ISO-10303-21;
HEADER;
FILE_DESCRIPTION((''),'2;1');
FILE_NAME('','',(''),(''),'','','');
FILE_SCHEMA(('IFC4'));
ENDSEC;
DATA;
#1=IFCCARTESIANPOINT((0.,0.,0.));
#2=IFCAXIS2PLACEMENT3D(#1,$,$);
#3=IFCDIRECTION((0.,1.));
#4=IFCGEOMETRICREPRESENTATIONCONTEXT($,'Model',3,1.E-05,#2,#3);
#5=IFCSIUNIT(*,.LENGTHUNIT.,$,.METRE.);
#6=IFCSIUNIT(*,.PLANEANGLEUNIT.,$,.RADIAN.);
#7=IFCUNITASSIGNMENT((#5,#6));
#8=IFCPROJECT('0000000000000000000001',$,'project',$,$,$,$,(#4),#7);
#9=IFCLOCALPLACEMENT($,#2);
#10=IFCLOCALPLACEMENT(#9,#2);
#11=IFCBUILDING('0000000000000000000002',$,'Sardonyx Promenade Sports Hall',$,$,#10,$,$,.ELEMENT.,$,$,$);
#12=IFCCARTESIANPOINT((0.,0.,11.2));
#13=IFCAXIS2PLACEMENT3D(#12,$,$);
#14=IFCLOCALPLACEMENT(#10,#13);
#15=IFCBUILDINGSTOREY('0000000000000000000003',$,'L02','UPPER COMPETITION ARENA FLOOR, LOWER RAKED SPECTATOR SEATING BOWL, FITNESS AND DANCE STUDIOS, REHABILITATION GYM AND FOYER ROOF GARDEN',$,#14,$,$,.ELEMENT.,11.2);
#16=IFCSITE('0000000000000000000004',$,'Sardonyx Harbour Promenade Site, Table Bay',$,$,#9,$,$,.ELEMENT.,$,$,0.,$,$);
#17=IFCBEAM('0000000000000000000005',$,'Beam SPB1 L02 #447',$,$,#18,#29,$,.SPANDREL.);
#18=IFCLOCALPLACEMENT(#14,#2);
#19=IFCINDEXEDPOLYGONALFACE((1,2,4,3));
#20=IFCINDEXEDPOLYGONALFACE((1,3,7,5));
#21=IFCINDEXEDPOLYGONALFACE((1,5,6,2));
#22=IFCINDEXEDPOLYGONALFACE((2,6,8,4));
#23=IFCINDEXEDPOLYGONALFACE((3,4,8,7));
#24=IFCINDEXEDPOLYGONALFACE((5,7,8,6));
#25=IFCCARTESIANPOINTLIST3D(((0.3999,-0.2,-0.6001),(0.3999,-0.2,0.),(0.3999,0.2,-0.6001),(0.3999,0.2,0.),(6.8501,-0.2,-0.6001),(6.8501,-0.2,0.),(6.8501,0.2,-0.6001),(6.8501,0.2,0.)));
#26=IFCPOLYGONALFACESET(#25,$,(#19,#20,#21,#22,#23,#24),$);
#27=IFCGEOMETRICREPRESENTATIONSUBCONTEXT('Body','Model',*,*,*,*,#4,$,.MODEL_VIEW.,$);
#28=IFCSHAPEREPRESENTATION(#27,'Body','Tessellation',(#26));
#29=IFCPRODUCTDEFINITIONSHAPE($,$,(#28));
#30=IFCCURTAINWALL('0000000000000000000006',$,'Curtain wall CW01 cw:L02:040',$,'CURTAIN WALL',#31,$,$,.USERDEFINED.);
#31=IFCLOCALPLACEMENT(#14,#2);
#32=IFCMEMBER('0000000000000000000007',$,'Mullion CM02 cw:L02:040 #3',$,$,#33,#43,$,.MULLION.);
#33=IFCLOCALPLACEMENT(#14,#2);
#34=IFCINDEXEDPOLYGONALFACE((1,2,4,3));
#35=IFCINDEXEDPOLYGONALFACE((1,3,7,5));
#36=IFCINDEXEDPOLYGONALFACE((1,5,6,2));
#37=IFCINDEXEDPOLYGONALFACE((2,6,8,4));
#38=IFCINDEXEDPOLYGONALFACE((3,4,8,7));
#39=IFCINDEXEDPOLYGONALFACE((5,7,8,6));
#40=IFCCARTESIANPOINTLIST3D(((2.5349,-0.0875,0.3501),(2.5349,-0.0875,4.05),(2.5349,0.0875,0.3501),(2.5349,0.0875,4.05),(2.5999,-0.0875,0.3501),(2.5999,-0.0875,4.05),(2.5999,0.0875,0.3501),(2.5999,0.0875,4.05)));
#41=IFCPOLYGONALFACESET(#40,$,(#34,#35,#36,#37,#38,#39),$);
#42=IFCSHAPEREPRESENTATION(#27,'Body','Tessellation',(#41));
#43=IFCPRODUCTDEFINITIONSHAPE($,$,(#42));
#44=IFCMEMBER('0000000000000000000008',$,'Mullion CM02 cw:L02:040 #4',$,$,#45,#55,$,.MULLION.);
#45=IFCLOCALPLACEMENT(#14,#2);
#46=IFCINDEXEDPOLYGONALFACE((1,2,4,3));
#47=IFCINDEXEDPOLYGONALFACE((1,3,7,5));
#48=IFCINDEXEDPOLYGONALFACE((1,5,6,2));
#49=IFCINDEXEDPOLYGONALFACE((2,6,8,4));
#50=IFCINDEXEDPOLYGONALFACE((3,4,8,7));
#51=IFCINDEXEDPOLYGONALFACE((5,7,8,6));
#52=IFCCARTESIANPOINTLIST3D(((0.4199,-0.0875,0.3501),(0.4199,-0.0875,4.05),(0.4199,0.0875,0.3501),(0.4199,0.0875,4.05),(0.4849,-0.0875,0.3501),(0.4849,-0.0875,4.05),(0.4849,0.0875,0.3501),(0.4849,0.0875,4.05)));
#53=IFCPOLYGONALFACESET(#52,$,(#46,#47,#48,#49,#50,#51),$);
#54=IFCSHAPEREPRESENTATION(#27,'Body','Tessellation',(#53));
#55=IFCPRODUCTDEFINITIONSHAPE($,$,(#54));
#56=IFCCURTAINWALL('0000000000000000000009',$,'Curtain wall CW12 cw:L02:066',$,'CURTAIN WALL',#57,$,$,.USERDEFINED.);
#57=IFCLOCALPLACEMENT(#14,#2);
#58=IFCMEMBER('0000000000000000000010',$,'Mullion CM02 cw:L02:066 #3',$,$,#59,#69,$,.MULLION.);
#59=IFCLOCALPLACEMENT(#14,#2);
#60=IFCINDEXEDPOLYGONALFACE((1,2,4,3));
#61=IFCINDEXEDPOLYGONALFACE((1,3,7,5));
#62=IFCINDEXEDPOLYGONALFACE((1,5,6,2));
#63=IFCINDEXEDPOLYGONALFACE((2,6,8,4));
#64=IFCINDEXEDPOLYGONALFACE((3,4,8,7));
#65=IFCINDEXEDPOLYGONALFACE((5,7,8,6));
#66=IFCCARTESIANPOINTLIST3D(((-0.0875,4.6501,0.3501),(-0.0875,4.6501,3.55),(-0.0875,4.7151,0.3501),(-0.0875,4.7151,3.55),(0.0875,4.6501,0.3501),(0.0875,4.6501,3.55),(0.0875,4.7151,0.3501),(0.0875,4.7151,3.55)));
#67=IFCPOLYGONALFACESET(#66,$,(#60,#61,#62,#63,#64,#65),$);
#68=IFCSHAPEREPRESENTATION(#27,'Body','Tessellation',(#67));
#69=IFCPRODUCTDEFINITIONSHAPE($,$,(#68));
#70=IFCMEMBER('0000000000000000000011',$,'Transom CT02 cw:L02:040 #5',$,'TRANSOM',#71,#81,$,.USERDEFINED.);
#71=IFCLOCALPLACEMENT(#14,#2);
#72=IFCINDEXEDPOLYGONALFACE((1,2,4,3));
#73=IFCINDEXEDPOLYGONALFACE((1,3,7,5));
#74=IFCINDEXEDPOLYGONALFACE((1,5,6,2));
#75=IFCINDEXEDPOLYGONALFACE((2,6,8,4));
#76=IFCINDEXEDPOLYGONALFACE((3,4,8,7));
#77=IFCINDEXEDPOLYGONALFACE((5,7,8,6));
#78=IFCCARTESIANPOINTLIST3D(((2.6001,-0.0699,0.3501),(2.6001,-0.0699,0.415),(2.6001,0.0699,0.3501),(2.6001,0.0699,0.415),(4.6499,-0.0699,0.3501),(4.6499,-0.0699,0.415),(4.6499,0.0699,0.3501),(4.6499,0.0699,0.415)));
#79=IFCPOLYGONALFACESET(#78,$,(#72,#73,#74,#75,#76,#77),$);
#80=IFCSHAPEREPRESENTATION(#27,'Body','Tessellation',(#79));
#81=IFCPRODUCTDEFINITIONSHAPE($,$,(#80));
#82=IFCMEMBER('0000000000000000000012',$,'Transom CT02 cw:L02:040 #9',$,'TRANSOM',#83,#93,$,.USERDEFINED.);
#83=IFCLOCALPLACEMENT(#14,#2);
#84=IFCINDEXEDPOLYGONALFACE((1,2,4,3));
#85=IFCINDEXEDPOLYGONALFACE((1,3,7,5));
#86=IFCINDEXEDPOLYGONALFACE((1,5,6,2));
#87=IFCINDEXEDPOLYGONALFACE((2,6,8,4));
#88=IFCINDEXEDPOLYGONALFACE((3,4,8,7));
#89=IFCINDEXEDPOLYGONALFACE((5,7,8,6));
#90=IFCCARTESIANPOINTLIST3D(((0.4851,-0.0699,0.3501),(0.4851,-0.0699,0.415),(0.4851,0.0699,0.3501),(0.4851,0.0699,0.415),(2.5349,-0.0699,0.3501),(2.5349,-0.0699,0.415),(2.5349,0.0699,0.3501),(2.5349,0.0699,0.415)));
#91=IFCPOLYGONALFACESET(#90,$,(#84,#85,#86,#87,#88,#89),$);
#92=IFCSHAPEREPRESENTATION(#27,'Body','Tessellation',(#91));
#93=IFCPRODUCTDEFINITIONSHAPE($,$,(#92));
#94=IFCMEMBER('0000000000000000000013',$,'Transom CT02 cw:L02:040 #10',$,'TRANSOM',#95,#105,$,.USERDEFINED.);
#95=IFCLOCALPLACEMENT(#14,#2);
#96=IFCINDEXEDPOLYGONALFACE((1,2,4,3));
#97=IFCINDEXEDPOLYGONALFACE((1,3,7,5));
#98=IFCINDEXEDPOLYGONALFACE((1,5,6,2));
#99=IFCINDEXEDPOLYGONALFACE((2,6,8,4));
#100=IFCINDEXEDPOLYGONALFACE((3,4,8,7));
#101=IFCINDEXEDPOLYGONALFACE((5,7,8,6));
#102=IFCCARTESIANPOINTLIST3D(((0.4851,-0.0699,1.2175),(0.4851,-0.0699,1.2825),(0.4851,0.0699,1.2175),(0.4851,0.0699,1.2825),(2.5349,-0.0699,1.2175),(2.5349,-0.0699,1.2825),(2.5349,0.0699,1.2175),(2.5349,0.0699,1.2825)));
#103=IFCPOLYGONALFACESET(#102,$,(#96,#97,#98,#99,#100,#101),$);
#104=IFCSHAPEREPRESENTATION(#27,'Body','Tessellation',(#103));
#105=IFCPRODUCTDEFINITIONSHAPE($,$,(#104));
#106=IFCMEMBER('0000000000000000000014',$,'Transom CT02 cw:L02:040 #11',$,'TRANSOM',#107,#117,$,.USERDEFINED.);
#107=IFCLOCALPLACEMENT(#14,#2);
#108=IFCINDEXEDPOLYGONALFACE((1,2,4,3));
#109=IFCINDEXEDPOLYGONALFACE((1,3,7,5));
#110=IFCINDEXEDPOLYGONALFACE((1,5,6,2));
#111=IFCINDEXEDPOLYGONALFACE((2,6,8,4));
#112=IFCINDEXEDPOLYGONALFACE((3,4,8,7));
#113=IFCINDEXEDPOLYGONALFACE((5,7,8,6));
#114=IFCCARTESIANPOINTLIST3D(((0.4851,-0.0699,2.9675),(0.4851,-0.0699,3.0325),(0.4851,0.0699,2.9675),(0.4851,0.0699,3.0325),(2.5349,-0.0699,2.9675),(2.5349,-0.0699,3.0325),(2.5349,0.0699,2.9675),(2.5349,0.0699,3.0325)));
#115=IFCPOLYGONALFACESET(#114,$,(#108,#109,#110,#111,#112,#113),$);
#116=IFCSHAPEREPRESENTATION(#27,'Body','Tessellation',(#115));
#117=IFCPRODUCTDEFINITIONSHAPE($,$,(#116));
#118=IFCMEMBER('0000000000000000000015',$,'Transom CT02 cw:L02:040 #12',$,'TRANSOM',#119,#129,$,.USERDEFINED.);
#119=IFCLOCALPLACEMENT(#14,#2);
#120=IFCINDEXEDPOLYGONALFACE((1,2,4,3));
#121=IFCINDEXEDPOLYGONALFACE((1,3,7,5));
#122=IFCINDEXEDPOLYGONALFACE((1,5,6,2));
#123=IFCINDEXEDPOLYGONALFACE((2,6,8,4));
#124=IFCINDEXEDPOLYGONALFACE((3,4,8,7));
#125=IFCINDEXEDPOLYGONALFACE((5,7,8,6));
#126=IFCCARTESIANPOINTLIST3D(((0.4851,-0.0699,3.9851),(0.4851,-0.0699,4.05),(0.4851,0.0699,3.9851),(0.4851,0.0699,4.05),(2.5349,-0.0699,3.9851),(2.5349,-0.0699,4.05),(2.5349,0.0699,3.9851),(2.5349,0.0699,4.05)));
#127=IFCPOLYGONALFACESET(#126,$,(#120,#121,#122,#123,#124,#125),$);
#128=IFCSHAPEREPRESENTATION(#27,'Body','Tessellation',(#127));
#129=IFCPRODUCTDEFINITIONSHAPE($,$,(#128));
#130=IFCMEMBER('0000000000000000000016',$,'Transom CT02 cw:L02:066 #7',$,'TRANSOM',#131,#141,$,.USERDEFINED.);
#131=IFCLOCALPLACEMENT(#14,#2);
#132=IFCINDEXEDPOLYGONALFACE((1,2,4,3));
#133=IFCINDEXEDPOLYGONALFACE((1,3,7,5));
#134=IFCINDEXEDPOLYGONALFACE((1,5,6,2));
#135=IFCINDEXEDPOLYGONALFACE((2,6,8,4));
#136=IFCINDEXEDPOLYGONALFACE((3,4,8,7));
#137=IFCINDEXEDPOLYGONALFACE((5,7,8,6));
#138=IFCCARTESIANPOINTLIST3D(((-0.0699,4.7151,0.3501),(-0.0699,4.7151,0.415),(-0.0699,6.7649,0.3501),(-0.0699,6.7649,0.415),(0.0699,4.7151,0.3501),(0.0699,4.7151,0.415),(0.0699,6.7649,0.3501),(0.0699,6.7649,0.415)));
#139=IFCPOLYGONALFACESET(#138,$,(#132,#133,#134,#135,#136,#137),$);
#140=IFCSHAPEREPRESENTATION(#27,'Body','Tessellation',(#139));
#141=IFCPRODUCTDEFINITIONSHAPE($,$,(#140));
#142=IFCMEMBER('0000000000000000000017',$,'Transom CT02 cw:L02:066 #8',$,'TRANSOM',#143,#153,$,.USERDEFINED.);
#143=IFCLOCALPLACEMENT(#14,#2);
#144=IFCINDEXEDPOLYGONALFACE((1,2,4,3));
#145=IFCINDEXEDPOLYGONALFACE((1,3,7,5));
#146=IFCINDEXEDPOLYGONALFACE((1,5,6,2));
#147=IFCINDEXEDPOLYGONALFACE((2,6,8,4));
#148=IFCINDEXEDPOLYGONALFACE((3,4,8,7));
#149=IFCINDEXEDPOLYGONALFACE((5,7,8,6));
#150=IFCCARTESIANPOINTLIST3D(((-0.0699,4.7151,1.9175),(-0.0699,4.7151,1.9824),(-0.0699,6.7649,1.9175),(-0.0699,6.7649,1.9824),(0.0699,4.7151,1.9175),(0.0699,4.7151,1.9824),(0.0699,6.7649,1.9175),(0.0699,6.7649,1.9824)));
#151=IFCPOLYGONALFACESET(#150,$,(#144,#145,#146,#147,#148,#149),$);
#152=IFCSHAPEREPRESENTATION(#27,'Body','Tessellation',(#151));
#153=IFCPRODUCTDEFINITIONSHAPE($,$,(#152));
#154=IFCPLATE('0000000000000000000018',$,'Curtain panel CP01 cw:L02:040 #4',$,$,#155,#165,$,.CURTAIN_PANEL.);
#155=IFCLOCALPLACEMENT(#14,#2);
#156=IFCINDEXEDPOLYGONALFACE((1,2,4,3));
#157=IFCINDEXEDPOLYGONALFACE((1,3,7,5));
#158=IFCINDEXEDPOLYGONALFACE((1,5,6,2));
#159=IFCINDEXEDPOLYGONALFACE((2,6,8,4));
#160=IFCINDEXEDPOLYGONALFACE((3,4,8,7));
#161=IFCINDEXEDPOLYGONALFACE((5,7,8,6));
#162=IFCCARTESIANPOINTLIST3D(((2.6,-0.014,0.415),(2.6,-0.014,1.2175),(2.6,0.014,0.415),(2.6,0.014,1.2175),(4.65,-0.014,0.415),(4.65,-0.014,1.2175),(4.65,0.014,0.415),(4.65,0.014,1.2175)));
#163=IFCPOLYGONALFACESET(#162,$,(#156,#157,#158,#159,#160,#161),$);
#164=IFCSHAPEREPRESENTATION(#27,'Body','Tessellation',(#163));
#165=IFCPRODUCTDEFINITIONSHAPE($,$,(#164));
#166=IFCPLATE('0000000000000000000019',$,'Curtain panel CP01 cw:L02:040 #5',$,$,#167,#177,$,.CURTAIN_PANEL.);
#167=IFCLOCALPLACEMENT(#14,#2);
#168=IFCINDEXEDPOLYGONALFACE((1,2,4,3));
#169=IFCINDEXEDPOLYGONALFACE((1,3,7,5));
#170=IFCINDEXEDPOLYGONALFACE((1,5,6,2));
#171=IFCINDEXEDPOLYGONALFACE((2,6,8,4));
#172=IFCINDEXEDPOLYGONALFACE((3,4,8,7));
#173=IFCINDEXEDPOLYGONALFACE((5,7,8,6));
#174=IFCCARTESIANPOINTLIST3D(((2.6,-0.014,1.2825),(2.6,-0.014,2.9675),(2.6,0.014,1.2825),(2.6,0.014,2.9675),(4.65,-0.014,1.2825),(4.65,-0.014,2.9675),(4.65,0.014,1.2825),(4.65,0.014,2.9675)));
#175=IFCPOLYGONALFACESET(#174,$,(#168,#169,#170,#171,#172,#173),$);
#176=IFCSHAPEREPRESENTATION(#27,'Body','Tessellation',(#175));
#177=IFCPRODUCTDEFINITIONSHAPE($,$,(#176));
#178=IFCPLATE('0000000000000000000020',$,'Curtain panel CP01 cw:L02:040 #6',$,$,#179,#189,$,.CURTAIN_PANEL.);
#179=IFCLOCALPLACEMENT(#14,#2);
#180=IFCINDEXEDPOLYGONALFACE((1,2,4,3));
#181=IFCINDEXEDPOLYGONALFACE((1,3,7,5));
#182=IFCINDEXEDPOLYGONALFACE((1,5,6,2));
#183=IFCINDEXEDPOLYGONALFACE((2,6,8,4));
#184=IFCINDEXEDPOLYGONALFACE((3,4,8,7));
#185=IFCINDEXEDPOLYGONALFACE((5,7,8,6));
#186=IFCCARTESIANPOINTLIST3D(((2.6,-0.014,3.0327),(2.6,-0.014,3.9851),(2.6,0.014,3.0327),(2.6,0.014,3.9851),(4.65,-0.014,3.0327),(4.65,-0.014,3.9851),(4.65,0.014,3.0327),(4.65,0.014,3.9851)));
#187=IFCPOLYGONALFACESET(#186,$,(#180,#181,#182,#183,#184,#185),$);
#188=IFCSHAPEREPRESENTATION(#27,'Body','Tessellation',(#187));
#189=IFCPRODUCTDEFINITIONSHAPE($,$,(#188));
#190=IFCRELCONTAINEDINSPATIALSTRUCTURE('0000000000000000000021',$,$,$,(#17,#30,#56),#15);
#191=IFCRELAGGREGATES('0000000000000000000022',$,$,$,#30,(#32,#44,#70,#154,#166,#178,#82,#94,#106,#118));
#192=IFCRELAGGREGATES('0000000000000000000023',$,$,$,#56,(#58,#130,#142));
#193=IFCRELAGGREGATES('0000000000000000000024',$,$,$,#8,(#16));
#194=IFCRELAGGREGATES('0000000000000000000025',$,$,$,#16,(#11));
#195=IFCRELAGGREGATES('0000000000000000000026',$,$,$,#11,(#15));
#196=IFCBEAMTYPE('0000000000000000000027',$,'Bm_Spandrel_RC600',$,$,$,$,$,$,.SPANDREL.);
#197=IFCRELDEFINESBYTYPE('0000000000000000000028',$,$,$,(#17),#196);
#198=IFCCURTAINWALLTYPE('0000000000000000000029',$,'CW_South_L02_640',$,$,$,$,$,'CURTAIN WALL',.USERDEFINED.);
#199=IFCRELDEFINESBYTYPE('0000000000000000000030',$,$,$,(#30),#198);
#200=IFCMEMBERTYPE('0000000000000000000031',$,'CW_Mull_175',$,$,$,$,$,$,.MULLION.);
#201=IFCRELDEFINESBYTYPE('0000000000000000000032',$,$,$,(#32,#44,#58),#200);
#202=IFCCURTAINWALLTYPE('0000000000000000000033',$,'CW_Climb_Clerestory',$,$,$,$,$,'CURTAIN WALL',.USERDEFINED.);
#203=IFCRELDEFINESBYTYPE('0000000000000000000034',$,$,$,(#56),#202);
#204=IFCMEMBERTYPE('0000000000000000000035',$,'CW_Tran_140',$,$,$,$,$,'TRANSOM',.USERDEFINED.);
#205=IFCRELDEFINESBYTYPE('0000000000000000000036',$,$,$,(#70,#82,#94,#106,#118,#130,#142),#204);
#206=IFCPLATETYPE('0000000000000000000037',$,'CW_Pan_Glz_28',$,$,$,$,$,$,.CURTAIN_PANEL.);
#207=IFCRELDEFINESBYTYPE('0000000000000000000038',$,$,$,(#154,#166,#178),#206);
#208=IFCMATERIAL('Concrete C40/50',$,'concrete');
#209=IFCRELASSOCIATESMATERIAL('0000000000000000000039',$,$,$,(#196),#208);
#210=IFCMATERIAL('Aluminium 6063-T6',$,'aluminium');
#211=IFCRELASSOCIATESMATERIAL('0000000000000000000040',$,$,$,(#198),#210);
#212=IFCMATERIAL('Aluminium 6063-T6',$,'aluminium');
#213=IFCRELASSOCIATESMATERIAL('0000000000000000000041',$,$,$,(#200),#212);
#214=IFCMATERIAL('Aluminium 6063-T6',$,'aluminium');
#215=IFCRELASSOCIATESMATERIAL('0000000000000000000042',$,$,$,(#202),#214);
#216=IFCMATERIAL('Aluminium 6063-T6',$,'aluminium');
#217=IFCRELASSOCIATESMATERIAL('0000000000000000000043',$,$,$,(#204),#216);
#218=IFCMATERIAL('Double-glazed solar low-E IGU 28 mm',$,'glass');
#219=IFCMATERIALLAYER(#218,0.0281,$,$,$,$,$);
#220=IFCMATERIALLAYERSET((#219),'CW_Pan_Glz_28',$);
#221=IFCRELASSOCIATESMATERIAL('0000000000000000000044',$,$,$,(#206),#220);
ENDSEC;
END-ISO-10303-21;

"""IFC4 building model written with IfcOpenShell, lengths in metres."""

from ifc_helpers import new_model, si_unit, direction, frame, origin, origin_2d, place, context, subcontext, project, spatial, rectangle, extrude, material, layer, layer_set, material_profile, profile_set, type_object, element, aggregate, save


model = new_model("IFC4")

# Units and contexts
model_context = context("Model", 3, precision=1e-05, world=origin(), true_north=direction((0.0, 1.0)))
body_context = subcontext(model_context, "Body", "Model", "MODEL_VIEW")
ifc_project = project(units=[si_unit("LENGTHUNIT", "METRE"), si_unit("PLANEANGLEUNIT", "RADIAN")], contexts=[model_context])

# Site, building, storey
site_placement = place(None, origin())
site = spatial("IfcSite", under=ifc_project, at=site_placement, Name="Sardonyx Harbour Promenade Site, Table Bay", CompositionType="ELEMENT", RefElevation=0.0)
building_placement = place(site_placement, origin())
building = spatial("IfcBuilding", under=site, at=building_placement, Name="Sardonyx Promenade Sports Hall", CompositionType="ELEMENT")
storey_placement = place(building_placement, frame((0.0, 0.0, 11.2)))
storey = spatial("IfcBuildingStorey", under=building, at=storey_placement, Name="L02", Description="UPPER COMPETITION ARENA FLOOR, LOWER RAKED SPECTATOR SEATING BOWL, FITNESS AND DANCE STUDIOS, REHABILITATION GYM AND FOYER ROOF GARDEN", CompositionType="ELEMENT", Elevation=11.2)

# Beam
ifc_material_1 = material(Name="Concrete C40/50", Category="concrete")
ifc_material_profile_1 = material_profile(ifc_material_1, rectangle(XDim=0.3999, YDim=0.6001, at=origin_2d()))
ifc_profile_set_1 = profile_set([ifc_material_profile_1], Name="Concrete C40/50")
beam_type = type_object("IfcBeamType", Name="Bm_Spandrel_RC600", PredefinedType="SPANDREL", material=ifc_profile_set_1)
beam_placement = place(storey_placement, frame((0.3999, 0.0, -0.3), z_axis=(1.0, 0.0, 0.0), x_axis=(0.0, 1.0, 0.0)))
element("IfcBeam", 1, at=beam_placement, inside=storey, type_object=beam_type, Name="Beam SPB1 L02 #447", PredefinedType="SPANDREL", context=body_context, shape_type="SweptSolid", body=[
    extrude(rectangle(XDim=0.3999, YDim=0.6001, at=origin_2d()), origin(), (0.0, 0.0, 1.0), 6.4502),
])

# Curtain wall, members
ifc_material_2 = material(Name="Aluminium 6063-T6", Category="aluminium")
curtain_wall_type_1 = type_object("IfcCurtainWallType", Name="CW_South_L02_640", ElementType="CURTAIN WALL", PredefinedType="USERDEFINED", material=ifc_material_2)
curtain_wall_1_placement = place(storey_placement, origin())
curtain_wall_1 = element("IfcCurtainWall", 2, at=curtain_wall_1_placement, inside=storey, type_object=curtain_wall_type_1, Name="Curtain wall CW01 cw:L02:040", ObjectType="CURTAIN WALL", PredefinedType="USERDEFINED")
ifc_material_3 = material(Name="Aluminium 6063-T6", Category="aluminium")
ifc_material_profile_2 = material_profile(ifc_material_3, rectangle(XDim=0.0649, YDim=0.175, at=origin_2d()))
ifc_profile_set_2 = profile_set([ifc_material_profile_2], Name="Aluminium 6063-T6")
member_type_1 = type_object("IfcMemberType", Name="CW_Mull_175", PredefinedType="MULLION", material=ifc_profile_set_2)
member_1_placement = place(storey_placement, frame((2.5674, 0.0, 0.3501), z_axis=(0.0, 0.0, 1.0), x_axis=(-1.0, 0.0, 0.0)))
member_1 = element("IfcMember", 3, at=member_1_placement, type_object=member_type_1, Name="Mullion CM02 cw:L02:040 #3", PredefinedType="MULLION", context=body_context, shape_type="SweptSolid", body=[
    extrude(rectangle(XDim=0.0649, YDim=0.175, at=origin_2d()), origin(), (0.0, 0.0, 1.0), 3.7),
])
member_2_placement = place(storey_placement, frame((0.4524, 0.0, 0.3501), z_axis=(0.0, 0.0, 1.0), x_axis=(-1.0, 0.0, 0.0)))
member_2 = element("IfcMember", 4, at=member_2_placement, type_object=member_type_1, Name="Mullion CM02 cw:L02:040 #4", PredefinedType="MULLION", context=body_context, shape_type="SweptSolid", body=[
    extrude(rectangle(XDim=0.0649, YDim=0.175, at=origin_2d()), origin(), (0.0, 0.0, 1.0), 3.7),
])

# Curtain wall, member
ifc_material_4 = material(Name="Aluminium 6063-T6", Category="aluminium")
curtain_wall_type_2 = type_object("IfcCurtainWallType", Name="CW_Climb_Clerestory", ElementType="CURTAIN WALL", PredefinedType="USERDEFINED", material=ifc_material_4)
curtain_wall_2_placement = place(storey_placement, origin())
curtain_wall_2 = element("IfcCurtainWall", 5, at=curtain_wall_2_placement, inside=storey, type_object=curtain_wall_type_2, Name="Curtain wall CW12 cw:L02:066", ObjectType="CURTAIN WALL", PredefinedType="USERDEFINED")
member_3_placement = place(storey_placement, frame((0.0, 4.6826, 0.3501), z_axis=(0.0, 0.0, 1.0), x_axis=(0.0, 1.0, 0.0)))
member_3 = element("IfcMember", 6, at=member_3_placement, type_object=member_type_1, Name="Mullion CM02 cw:L02:066 #3", PredefinedType="MULLION", context=body_context, shape_type="SweptSolid", body=[
    extrude(rectangle(XDim=0.0649, YDim=0.175, at=origin_2d()), origin(), (0.0, 0.0, 1.0), 3.2),
])

# Members
ifc_material_5 = material(Name="Aluminium 6063-T6", Category="aluminium")
ifc_material_profile_3 = material_profile(ifc_material_5, rectangle(XDim=0.0649, YDim=0.1399, at=origin_2d()))
ifc_profile_set_3 = profile_set([ifc_material_profile_3], Name="Aluminium 6063-T6")
member_type_2 = type_object("IfcMemberType", Name="CW_Tran_140", ElementType="TRANSOM", PredefinedType="USERDEFINED", material=ifc_profile_set_3)
member_4_placement = place(storey_placement, frame((4.6499, 0.0, 0.3826), z_axis=(-1.0, 0.0, 0.0), x_axis=(0.0, 0.0, 1.0)))
member_4 = element("IfcMember", 7, at=member_4_placement, type_object=member_type_2, Name="Transom CT02 cw:L02:040 #5", ObjectType="TRANSOM", PredefinedType="USERDEFINED", context=body_context, shape_type="SweptSolid", body=[
    extrude(rectangle(XDim=0.0649, YDim=0.1399, at=origin_2d()), origin(), (0.0, 0.0, 1.0), 2.0498),
])
member_5_placement = place(storey_placement, frame((2.5349, 0.0, 0.3826), z_axis=(-1.0, 0.0, 0.0), x_axis=(0.0, 0.0, 1.0)))
member_5 = element("IfcMember", 8, at=member_5_placement, type_object=member_type_2, Name="Transom CT02 cw:L02:040 #9", ObjectType="TRANSOM", PredefinedType="USERDEFINED", context=body_context, shape_type="SweptSolid", body=[
    extrude(rectangle(XDim=0.0649, YDim=0.1399, at=origin_2d()), origin(), (0.0, 0.0, 1.0), 2.0498),
])
member_6_placement = place(storey_placement, frame((2.5349, 0.0, 1.25), z_axis=(-1.0, 0.0, 0.0), x_axis=(0.0, 0.0, 1.0)))
member_6 = element("IfcMember", 9, at=member_6_placement, type_object=member_type_2, Name="Transom CT02 cw:L02:040 #10", ObjectType="TRANSOM", PredefinedType="USERDEFINED", context=body_context, shape_type="SweptSolid", body=[
    extrude(rectangle(XDim=0.0649, YDim=0.1399, at=origin_2d()), origin(), (0.0, 0.0, 1.0), 2.0498),
])
member_7_placement = place(storey_placement, frame((2.5349, 0.0, 3.0), z_axis=(-1.0, 0.0, 0.0), x_axis=(0.0, 0.0, 1.0)))
member_7 = element("IfcMember", 10, at=member_7_placement, type_object=member_type_2, Name="Transom CT02 cw:L02:040 #11", ObjectType="TRANSOM", PredefinedType="USERDEFINED", context=body_context, shape_type="SweptSolid", body=[
    extrude(rectangle(XDim=0.0649, YDim=0.1399, at=origin_2d()), origin(), (0.0, 0.0, 1.0), 2.0498),
])
member_8_placement = place(storey_placement, frame((2.5349, 0.0, 4.0176), z_axis=(-1.0, 0.0, 0.0), x_axis=(0.0, 0.0, 1.0)))
member_8 = element("IfcMember", 11, at=member_8_placement, type_object=member_type_2, Name="Transom CT02 cw:L02:040 #12", ObjectType="TRANSOM", PredefinedType="USERDEFINED", context=body_context, shape_type="SweptSolid", body=[
    extrude(rectangle(XDim=0.0649, YDim=0.1399, at=origin_2d()), origin(), (0.0, 0.0, 1.0), 2.0498),
])
member_9_placement = place(storey_placement, frame((0.0, 4.7151, 0.3826), z_axis=(0.0, 1.0, 0.0), x_axis=(0.0, 0.0, 1.0)))
member_9 = element("IfcMember", 12, at=member_9_placement, type_object=member_type_2, Name="Transom CT02 cw:L02:066 #7", ObjectType="TRANSOM", PredefinedType="USERDEFINED", context=body_context, shape_type="SweptSolid", body=[
    extrude(rectangle(XDim=0.0649, YDim=0.1399, at=origin_2d()), origin(), (0.0, 0.0, 1.0), 2.0498),
])
member_10_placement = place(storey_placement, frame((0.0, 4.7151, 1.95), z_axis=(0.0, 1.0, 0.0), x_axis=(0.0, 0.0, 1.0)))
member_10 = element("IfcMember", 13, at=member_10_placement, type_object=member_type_2, Name="Transom CT02 cw:L02:066 #8", ObjectType="TRANSOM", PredefinedType="USERDEFINED", context=body_context, shape_type="SweptSolid", body=[
    extrude(rectangle(XDim=0.0649, YDim=0.1399, at=origin_2d()), origin(), (0.0, 0.0, 1.0), 2.0498),
])

# Plates
ifc_material_6 = material(Name="Double-glazed solar low-E IGU 28 mm", Category="glass")
ifc_layer_1 = layer(ifc_material_6, 0.0281)
ifc_layer_set_1 = layer_set([ifc_layer_1], Name="CW_Pan_Glz_28")
plate_type_1 = type_object("IfcPlateType", Name="CW_Pan_Glz_28", PredefinedType="CURTAIN_PANEL", material=ifc_layer_set_1)
plate_1_placement = place(storey_placement, frame((3.625, 0.0, 0.415), z_axis=(0.0, 0.0, 1.0), x_axis=(-1.0, 0.0, 0.0)))
plate_1 = element("IfcPlate", 14, at=plate_1_placement, type_object=plate_type_1, Name="Curtain panel CP01 cw:L02:040 #4", PredefinedType="CURTAIN_PANEL", context=body_context, shape_type="SweptSolid", body=[
    extrude(rectangle(XDim=2.05, YDim=0.0281, at=origin_2d()), origin(), (0.0, 0.0, 1.0), 0.8025),
])
plate_2_placement = place(storey_placement, frame((3.625, 0.0, 1.2825), z_axis=(0.0, 0.0, 1.0), x_axis=(-1.0, 0.0, 0.0)))
plate_2 = element("IfcPlate", 15, at=plate_2_placement, type_object=plate_type_1, Name="Curtain panel CP01 cw:L02:040 #5", PredefinedType="CURTAIN_PANEL", context=body_context, shape_type="SweptSolid", body=[
    extrude(rectangle(XDim=2.05, YDim=0.0281, at=origin_2d()), origin(), (0.0, 0.0, 1.0), 1.6851),
])
plate_3_placement = place(storey_placement, frame((3.625, 0.0, 3.0327), z_axis=(0.0, 0.0, 1.0), x_axis=(-1.0, 0.0, 0.0)))
plate_3 = element("IfcPlate", 16, at=plate_3_placement, type_object=plate_type_1, Name="Curtain panel CP01 cw:L02:040 #6", PredefinedType="CURTAIN_PANEL", context=body_context, shape_type="SweptSolid", body=[
    extrude(rectangle(XDim=2.05, YDim=0.0281, at=origin_2d()), origin(), (0.0, 0.0, 1.0), 0.9524),
])
aggregate(curtain_wall_1, [member_1, member_2, member_4, plate_1, plate_2, plate_3, member_5, member_6, member_7, member_8])
aggregate(curtain_wall_2, [member_3, member_9, member_10])

save(model, "model.ifc")
